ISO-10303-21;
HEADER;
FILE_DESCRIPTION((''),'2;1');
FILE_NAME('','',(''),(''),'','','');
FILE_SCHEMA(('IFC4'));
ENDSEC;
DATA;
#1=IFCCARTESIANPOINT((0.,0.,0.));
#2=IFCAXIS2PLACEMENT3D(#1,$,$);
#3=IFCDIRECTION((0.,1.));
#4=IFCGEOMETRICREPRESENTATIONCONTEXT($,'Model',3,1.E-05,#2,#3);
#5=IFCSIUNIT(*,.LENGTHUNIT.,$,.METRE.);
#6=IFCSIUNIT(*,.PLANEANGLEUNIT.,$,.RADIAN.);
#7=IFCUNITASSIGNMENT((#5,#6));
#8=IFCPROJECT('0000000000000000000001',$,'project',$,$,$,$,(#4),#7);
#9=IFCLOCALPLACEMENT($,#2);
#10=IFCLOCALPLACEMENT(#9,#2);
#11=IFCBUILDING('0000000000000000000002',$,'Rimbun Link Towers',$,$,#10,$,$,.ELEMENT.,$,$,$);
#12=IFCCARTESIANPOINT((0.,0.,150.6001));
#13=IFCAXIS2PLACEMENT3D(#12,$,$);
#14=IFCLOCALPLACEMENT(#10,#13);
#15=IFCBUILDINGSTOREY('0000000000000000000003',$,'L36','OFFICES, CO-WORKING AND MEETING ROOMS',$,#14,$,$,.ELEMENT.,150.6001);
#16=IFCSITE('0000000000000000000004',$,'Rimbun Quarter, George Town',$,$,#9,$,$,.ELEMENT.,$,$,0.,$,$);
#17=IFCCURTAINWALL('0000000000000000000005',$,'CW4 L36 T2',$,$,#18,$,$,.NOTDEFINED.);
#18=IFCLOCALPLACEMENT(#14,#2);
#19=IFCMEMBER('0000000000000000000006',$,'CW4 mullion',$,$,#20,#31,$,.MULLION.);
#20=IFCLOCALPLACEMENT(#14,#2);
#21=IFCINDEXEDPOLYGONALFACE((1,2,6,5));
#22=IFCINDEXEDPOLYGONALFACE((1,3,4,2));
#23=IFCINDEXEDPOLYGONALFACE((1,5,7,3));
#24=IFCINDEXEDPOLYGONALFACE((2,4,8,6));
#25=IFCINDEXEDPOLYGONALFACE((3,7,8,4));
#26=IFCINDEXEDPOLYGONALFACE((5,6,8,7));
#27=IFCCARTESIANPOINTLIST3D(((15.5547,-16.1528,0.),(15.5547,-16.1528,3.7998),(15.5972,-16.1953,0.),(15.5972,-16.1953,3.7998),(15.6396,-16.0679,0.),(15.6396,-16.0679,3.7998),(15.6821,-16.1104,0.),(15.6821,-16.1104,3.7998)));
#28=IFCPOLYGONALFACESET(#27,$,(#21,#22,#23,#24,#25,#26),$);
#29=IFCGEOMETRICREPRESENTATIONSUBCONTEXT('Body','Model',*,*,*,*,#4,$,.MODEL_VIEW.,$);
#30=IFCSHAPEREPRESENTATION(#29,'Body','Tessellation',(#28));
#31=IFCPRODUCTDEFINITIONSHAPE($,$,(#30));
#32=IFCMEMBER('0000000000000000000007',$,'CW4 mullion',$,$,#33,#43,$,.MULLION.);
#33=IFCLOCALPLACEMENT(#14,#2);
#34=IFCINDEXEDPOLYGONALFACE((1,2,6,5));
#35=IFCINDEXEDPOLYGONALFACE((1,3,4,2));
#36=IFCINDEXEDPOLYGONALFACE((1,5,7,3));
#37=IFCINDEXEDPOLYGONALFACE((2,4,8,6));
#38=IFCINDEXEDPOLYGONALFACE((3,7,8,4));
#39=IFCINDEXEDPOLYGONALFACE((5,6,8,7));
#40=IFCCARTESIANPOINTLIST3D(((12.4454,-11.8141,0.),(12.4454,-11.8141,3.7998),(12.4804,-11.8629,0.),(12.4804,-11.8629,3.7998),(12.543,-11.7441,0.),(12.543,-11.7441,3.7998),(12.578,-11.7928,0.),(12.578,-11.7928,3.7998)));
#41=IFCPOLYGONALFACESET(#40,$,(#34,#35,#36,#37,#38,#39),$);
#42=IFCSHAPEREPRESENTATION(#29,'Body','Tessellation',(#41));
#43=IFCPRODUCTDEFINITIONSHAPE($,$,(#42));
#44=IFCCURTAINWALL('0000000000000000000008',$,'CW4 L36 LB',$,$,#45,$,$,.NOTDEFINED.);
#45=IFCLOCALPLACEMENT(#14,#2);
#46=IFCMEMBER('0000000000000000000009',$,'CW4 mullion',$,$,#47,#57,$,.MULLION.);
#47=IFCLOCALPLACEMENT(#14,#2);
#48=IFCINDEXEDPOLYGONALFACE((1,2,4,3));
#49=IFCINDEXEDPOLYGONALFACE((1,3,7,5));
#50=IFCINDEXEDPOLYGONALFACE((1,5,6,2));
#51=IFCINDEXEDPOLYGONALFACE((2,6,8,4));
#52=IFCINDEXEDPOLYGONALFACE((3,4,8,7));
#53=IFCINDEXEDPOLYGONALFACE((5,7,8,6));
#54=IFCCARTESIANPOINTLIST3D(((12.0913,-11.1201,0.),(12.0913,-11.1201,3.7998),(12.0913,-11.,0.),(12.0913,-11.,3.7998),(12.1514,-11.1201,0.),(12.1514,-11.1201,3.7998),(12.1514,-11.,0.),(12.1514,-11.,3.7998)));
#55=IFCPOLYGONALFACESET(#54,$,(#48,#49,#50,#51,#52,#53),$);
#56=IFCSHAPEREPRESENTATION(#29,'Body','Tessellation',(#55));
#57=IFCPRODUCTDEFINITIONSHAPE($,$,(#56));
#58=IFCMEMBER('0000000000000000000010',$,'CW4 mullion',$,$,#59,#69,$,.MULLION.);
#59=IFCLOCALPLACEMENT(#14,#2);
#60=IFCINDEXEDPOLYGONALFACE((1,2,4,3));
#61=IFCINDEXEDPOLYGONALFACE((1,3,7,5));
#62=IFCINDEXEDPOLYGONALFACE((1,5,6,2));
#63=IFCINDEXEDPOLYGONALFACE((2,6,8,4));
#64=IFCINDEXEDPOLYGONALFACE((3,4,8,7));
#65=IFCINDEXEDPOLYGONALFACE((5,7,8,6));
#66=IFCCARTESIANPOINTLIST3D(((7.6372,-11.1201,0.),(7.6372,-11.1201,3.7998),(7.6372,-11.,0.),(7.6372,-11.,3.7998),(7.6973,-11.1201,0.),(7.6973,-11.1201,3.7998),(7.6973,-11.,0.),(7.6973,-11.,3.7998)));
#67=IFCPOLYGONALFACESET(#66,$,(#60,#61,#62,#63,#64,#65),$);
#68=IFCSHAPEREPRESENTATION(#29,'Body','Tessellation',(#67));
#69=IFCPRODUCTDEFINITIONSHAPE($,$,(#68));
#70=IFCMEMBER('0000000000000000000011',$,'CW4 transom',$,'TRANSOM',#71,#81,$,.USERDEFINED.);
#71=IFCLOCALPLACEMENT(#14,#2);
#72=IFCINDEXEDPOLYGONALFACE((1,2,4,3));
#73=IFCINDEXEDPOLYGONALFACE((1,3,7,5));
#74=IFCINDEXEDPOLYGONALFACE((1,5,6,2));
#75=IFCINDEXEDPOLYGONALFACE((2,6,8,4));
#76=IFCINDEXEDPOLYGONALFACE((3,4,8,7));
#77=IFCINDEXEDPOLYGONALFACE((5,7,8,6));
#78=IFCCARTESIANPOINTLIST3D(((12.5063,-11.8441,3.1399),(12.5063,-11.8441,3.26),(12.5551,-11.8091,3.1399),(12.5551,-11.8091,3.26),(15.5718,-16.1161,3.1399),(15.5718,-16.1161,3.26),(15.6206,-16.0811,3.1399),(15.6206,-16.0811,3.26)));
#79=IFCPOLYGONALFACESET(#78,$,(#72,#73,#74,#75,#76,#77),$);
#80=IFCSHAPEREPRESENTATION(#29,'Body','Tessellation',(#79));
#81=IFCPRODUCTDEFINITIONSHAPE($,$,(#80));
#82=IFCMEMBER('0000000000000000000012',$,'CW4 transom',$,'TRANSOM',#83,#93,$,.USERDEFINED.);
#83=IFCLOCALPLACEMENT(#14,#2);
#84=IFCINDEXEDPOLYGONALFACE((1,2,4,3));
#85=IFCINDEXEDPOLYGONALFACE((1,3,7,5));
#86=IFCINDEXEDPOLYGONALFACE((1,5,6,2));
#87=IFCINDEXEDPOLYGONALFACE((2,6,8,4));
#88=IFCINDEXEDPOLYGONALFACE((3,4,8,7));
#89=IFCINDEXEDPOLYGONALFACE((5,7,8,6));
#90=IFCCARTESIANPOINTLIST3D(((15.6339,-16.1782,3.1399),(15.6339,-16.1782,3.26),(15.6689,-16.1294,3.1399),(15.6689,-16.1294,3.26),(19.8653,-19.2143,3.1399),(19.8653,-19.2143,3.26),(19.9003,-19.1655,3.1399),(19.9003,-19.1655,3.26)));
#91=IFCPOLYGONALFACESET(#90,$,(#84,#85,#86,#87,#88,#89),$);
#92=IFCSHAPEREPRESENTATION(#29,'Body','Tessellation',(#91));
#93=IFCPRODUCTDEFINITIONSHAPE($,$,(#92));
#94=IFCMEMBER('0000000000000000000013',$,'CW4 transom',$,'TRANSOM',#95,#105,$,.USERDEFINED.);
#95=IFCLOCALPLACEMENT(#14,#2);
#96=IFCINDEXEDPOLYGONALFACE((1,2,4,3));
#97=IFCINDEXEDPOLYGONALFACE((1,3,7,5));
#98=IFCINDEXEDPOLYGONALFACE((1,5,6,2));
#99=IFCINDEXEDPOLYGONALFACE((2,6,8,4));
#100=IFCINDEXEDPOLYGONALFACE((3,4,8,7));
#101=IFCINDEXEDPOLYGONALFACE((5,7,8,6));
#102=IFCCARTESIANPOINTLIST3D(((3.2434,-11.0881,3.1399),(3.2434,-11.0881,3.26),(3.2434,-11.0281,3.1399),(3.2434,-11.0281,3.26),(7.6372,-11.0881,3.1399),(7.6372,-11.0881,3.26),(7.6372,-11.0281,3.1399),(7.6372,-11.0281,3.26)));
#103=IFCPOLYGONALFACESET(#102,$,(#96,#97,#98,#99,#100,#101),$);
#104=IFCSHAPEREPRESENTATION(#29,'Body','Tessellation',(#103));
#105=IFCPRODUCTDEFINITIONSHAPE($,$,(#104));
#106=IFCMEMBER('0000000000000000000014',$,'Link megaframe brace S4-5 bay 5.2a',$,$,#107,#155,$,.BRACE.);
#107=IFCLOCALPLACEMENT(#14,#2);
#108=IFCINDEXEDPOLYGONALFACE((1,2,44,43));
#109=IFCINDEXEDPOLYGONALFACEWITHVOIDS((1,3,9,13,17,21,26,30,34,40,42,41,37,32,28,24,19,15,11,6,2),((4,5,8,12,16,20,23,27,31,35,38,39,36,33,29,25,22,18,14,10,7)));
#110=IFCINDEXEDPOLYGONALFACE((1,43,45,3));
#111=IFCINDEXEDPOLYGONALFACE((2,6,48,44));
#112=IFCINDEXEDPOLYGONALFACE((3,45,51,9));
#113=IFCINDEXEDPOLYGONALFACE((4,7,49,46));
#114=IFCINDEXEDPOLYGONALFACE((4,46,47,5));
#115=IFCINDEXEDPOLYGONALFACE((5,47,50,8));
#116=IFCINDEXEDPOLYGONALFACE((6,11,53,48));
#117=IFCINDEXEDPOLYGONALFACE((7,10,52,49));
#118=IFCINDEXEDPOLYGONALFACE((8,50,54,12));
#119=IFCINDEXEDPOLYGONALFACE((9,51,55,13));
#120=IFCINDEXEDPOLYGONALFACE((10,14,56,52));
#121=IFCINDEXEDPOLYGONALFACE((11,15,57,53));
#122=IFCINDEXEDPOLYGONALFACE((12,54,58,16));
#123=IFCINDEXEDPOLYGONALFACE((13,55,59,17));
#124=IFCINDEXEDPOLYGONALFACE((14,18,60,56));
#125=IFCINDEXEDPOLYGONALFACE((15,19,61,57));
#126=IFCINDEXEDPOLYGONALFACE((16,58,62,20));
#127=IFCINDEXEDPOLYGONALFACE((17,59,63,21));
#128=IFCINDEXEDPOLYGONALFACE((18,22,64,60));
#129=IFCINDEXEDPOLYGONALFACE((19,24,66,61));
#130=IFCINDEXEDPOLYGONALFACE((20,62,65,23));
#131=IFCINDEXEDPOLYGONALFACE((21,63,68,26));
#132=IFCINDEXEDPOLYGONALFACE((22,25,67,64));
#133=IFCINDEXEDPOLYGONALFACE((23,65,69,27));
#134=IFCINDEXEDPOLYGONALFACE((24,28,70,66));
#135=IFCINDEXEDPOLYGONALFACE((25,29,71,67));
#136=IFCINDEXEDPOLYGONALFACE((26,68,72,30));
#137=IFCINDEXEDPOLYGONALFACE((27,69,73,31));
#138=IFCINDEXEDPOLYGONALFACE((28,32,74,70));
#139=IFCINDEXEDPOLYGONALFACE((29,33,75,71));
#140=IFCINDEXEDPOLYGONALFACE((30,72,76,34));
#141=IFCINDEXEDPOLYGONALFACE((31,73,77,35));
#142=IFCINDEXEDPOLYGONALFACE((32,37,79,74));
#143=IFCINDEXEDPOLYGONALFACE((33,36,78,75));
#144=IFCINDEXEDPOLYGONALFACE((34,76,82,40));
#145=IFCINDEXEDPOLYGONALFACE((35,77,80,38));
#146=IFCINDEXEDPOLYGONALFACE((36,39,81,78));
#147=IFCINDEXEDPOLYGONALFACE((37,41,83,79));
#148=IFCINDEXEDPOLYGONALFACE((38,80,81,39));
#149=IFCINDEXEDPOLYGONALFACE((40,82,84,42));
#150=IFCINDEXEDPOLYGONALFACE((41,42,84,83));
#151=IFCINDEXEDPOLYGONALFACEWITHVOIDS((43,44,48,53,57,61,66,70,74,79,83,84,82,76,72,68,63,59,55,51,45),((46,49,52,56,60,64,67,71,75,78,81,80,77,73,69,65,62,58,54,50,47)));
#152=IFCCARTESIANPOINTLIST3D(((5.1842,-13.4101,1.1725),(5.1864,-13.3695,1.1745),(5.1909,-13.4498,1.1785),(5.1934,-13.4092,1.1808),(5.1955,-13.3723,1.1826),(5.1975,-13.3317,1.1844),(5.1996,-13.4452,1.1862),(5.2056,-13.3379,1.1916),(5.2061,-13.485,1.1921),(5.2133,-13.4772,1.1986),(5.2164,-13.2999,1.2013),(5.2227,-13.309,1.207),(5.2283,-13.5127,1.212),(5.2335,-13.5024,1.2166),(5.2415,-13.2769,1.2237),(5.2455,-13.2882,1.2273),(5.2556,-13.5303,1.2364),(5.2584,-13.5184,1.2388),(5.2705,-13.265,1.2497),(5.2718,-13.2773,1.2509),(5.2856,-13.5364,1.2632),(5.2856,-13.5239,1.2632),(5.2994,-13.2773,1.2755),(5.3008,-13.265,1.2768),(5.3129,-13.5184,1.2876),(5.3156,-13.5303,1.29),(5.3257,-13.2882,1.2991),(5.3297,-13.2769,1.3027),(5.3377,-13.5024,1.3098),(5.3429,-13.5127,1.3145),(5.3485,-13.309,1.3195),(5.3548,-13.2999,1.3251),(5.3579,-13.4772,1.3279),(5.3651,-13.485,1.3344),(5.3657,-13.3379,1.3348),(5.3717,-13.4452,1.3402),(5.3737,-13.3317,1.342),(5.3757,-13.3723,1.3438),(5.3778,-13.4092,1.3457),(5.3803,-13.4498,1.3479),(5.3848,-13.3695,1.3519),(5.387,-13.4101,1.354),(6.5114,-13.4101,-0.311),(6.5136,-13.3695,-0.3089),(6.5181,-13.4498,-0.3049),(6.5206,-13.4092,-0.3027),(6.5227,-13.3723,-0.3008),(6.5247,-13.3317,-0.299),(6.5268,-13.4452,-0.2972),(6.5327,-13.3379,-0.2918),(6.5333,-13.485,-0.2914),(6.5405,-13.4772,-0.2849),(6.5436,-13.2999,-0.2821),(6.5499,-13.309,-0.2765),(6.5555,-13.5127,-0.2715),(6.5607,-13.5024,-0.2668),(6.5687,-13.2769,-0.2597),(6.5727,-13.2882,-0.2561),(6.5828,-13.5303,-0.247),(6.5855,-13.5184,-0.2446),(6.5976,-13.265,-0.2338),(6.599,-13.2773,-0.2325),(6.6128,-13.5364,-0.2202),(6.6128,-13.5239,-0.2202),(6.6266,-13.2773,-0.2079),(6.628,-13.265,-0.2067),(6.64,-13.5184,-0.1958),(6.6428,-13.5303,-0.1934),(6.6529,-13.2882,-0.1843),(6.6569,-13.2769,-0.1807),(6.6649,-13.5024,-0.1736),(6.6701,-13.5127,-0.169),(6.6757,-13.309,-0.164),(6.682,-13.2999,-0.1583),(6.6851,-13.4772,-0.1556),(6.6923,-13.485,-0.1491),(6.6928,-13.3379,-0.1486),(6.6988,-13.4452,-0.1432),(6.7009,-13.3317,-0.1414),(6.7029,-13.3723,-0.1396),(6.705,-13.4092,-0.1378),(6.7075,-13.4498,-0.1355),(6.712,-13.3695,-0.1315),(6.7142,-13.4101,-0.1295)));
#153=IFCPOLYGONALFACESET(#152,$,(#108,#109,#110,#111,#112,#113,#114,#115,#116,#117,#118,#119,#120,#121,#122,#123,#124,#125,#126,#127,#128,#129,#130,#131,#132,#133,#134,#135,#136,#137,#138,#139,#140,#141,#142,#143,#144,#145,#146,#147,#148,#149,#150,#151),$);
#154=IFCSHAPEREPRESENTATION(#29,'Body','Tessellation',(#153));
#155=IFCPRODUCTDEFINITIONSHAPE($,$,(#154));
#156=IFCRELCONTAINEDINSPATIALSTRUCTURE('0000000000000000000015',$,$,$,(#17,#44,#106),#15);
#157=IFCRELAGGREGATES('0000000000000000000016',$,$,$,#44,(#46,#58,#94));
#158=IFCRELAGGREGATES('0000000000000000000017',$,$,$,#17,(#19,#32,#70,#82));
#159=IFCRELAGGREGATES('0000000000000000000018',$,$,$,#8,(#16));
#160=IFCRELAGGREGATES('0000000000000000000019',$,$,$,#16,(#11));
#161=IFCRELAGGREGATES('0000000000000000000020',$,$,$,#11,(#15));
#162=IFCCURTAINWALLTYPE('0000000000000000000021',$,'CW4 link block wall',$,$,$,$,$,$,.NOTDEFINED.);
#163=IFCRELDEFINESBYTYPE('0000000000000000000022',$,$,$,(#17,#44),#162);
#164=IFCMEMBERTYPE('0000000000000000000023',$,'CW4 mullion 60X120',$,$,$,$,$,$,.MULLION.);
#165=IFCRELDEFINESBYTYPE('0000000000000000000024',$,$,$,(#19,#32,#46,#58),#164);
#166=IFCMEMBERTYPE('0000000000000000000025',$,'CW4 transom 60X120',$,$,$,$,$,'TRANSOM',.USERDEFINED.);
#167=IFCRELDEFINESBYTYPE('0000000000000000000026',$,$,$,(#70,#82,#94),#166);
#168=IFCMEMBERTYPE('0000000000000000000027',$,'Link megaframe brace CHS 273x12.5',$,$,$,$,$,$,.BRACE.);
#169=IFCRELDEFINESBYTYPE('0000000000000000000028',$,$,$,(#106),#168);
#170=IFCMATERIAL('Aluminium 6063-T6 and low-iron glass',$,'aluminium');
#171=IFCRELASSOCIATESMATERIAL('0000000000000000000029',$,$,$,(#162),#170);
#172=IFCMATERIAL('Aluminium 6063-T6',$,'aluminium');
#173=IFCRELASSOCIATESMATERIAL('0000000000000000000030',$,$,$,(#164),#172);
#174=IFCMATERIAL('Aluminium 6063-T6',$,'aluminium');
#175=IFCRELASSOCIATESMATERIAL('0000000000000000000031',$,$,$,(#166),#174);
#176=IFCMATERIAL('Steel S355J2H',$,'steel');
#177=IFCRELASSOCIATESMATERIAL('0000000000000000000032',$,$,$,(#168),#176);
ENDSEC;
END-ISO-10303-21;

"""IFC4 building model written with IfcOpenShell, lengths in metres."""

from ifc_helpers import new_model, si_unit, direction, frame, origin, origin_2d, place, context, subcontext, project, spatial, rectangle, hollow_circle, extrude, material, material_profile, profile_set, type_object, element, aggregate, save


model = new_model("IFC4")

# Units and contexts
model_context = context("Model", 3, precision=1e-05, world=origin(), true_north=direction((0.0, 1.0)))
body_context = subcontext(model_context, "Body", "Model", "MODEL_VIEW")
ifc_project = project(units=[si_unit("LENGTHUNIT", "METRE"), si_unit("PLANEANGLEUNIT", "RADIAN")], contexts=[model_context])

# Site, building, storey
site_placement = place(None, origin())
site = spatial("IfcSite", under=ifc_project, at=site_placement, Name="Rimbun Quarter, George Town", CompositionType="ELEMENT", RefElevation=0.0)
building_placement = place(site_placement, origin())
building = spatial("IfcBuilding", under=site, at=building_placement, Name="Rimbun Link Towers", CompositionType="ELEMENT")
storey_placement = place(building_placement, frame((0.0, 0.0, 150.6001)))
storey = spatial("IfcBuildingStorey", under=building, at=storey_placement, Name="L36", Description="OFFICES, CO-WORKING AND MEETING ROOMS", CompositionType="ELEMENT", Elevation=150.6001)

# Curtain walls, members
ifc_material_1 = material(Name="Aluminium 6063-T6 and low-iron glass", Category="aluminium")
curtain_wall_type = type_object("IfcCurtainWallType", Name="CW4 link block wall", PredefinedType="NOTDEFINED", material=ifc_material_1)
curtain_wall_1_placement = place(storey_placement, origin())
curtain_wall_1 = element("IfcCurtainWall", 1, at=curtain_wall_1_placement, inside=storey, type_object=curtain_wall_type, Name="CW4 L36 T2", PredefinedType="NOTDEFINED")
ifc_material_2 = material(Name="Aluminium 6063-T6", Category="aluminium")
ifc_material_profile_1 = material_profile(ifc_material_2, rectangle(XDim=0.1201, YDim=0.0601, at=origin_2d()), Name="MULLION 60X120")
ifc_profile_set_1 = profile_set([ifc_material_profile_1], Name="Aluminium 6063-T6")
member_type_1 = type_object("IfcMemberType", Name="CW4 mullion 60X120", PredefinedType="MULLION", material=ifc_profile_set_1)
member_1_placement = place(storey_placement, frame((15.6184, -16.1316, 0.0), z_axis=(0.0, 0.0, 1.0), x_axis=(-0.707107, -0.707107, 0.0)))
member_1 = element("IfcMember", 2, at=member_1_placement, type_object=member_type_1, Name="CW4 mullion", PredefinedType="MULLION", context=body_context, shape_type="SweptSolid", body=[
    extrude(rectangle(XDim=0.1201, YDim=0.0601, at=origin_2d()), origin(), (0.0, 0.0, 1.0), 3.7998),
])
member_2_placement = place(storey_placement, frame((12.5117, -11.8035, 0.0), z_axis=(0.0, 0.0, 1.0), x_axis=(-0.812465, -0.583009, 0.0)))
member_2 = element("IfcMember", 3, at=member_2_placement, type_object=member_type_1, Name="CW4 mullion", PredefinedType="MULLION", context=body_context, shape_type="SweptSolid", body=[
    extrude(rectangle(XDim=0.1201, YDim=0.0601, at=origin_2d()), origin(), (0.0, 0.0, 1.0), 3.7998),
])
curtain_wall_2_placement = place(storey_placement, origin())
curtain_wall_2 = element("IfcCurtainWall", 4, at=curtain_wall_2_placement, inside=storey, type_object=curtain_wall_type, Name="CW4 L36 LB", PredefinedType="NOTDEFINED")
member_3_placement = place(storey_placement, frame((12.1213, -11.0601, 0.0), z_axis=(0.0, 0.0, 1.0), x_axis=(0.0, -1.0, 0.0)))
member_3 = element("IfcMember", 5, at=member_3_placement, type_object=member_type_1, Name="CW4 mullion", PredefinedType="MULLION", context=body_context, shape_type="SweptSolid", body=[
    extrude(rectangle(XDim=0.1201, YDim=0.0601, at=origin_2d()), origin(), (0.0, 0.0, 1.0), 3.7998),
])
member_4_placement = place(storey_placement, frame((7.6672, -11.0601, 0.0), z_axis=(0.0, 0.0, 1.0), x_axis=(0.0, -1.0, 0.0)))
member_4 = element("IfcMember", 6, at=member_4_placement, type_object=member_type_1, Name="CW4 mullion", PredefinedType="MULLION", context=body_context, shape_type="SweptSolid", body=[
    extrude(rectangle(XDim=0.1201, YDim=0.0601, at=origin_2d()), origin(), (0.0, 0.0, 1.0), 3.7998),
])

# Members
ifc_material_3 = material(Name="Aluminium 6063-T6", Category="aluminium")
ifc_material_profile_2 = material_profile(ifc_material_3, rectangle(XDim=0.0601, YDim=0.1201, at=origin_2d()), Name="TRANSOM 60X120")
ifc_profile_set_2 = profile_set([ifc_material_profile_2], Name="Aluminium 6063-T6")
member_type_2 = type_object("IfcMemberType", Name="CW4 transom 60X120", ElementType="TRANSOM", PredefinedType="USERDEFINED", material=ifc_profile_set_2)
member_5_placement = place(storey_placement, frame((15.5962, -16.0986, 3.2), z_axis=(-0.583003, 0.81247, 0.0), x_axis=(-0.81247, -0.583003, 0.0)))
member_5 = element("IfcMember", 7, at=member_5_placement, type_object=member_type_2, Name="CW4 transom", ObjectType="TRANSOM", PredefinedType="USERDEFINED", context=body_context, shape_type="SweptSolid", body=[
    extrude(rectangle(XDim=0.0601, YDim=0.1201, at=origin_2d()), origin(), (0.0, 0.0, 1.0), 5.2581),
])
member_6_placement = place(storey_placement, frame((19.8828, -19.1899, 3.2), z_axis=(-0.81249, 0.582975, 0.0), x_axis=(-0.582975, -0.81249, 0.0)))
member_6 = element("IfcMember", 8, at=member_6_placement, type_object=member_type_2, Name="CW4 transom", ObjectType="TRANSOM", PredefinedType="USERDEFINED", context=body_context, shape_type="SweptSolid", body=[
    extrude(rectangle(XDim=0.0601, YDim=0.1201, at=origin_2d()), origin(), (0.0, 0.0, 1.0), 5.208),
])
member_7_placement = place(storey_placement, frame((7.6372, -11.0581, 3.2), z_axis=(-1.0, 0.0, 0.0), x_axis=(0.0, -1.0, 0.0)))
member_7 = element("IfcMember", 9, at=member_7_placement, type_object=member_type_2, Name="CW4 transom", ObjectType="TRANSOM", PredefinedType="USERDEFINED", context=body_context, shape_type="SweptSolid", body=[
    extrude(rectangle(XDim=0.0601, YDim=0.1201, at=origin_2d()), origin(), (0.0, 0.0, 1.0), 4.3938),
])
aggregate(curtain_wall_2, [member_3, member_4, member_7])

# Member
ifc_material_4 = material(Name="Steel S355J2H", Category="steel")
ifc_material_profile_3 = material_profile(ifc_material_4, hollow_circle(Radius=0.1365, WallThickness=0.0125, at=origin_2d()), Name="CHS 273x12.5")
ifc_profile_set_3 = profile_set([ifc_material_profile_3], Name="Steel S355J2H")
member_type_3 = type_object("IfcMemberType", Name="Link megaframe brace CHS 273x12.5", PredefinedType="BRACE", material=ifc_profile_set_3)
member_8_placement = place(storey_placement, frame((6.6128, -13.3999, -0.2202), z_axis=(-0.666766, 0.0, 0.745267), x_axis=(0.0, -1.0, 0.0)))
element("IfcMember", 10, at=member_8_placement, inside=storey, type_object=member_type_3, Name="Link megaframe brace S4-5 bay 5.2a", PredefinedType="BRACE", context=body_context, shape_type="SweptSolid", body=[
    extrude(hollow_circle(Radius=0.1365, WallThickness=0.0125, at=origin_2d()), origin(), (0.0, 0.0, 1.0), 1.9905),
])

aggregate(curtain_wall_1, [member_1, member_2, member_5, member_6])

save(model, "model.ifc")
